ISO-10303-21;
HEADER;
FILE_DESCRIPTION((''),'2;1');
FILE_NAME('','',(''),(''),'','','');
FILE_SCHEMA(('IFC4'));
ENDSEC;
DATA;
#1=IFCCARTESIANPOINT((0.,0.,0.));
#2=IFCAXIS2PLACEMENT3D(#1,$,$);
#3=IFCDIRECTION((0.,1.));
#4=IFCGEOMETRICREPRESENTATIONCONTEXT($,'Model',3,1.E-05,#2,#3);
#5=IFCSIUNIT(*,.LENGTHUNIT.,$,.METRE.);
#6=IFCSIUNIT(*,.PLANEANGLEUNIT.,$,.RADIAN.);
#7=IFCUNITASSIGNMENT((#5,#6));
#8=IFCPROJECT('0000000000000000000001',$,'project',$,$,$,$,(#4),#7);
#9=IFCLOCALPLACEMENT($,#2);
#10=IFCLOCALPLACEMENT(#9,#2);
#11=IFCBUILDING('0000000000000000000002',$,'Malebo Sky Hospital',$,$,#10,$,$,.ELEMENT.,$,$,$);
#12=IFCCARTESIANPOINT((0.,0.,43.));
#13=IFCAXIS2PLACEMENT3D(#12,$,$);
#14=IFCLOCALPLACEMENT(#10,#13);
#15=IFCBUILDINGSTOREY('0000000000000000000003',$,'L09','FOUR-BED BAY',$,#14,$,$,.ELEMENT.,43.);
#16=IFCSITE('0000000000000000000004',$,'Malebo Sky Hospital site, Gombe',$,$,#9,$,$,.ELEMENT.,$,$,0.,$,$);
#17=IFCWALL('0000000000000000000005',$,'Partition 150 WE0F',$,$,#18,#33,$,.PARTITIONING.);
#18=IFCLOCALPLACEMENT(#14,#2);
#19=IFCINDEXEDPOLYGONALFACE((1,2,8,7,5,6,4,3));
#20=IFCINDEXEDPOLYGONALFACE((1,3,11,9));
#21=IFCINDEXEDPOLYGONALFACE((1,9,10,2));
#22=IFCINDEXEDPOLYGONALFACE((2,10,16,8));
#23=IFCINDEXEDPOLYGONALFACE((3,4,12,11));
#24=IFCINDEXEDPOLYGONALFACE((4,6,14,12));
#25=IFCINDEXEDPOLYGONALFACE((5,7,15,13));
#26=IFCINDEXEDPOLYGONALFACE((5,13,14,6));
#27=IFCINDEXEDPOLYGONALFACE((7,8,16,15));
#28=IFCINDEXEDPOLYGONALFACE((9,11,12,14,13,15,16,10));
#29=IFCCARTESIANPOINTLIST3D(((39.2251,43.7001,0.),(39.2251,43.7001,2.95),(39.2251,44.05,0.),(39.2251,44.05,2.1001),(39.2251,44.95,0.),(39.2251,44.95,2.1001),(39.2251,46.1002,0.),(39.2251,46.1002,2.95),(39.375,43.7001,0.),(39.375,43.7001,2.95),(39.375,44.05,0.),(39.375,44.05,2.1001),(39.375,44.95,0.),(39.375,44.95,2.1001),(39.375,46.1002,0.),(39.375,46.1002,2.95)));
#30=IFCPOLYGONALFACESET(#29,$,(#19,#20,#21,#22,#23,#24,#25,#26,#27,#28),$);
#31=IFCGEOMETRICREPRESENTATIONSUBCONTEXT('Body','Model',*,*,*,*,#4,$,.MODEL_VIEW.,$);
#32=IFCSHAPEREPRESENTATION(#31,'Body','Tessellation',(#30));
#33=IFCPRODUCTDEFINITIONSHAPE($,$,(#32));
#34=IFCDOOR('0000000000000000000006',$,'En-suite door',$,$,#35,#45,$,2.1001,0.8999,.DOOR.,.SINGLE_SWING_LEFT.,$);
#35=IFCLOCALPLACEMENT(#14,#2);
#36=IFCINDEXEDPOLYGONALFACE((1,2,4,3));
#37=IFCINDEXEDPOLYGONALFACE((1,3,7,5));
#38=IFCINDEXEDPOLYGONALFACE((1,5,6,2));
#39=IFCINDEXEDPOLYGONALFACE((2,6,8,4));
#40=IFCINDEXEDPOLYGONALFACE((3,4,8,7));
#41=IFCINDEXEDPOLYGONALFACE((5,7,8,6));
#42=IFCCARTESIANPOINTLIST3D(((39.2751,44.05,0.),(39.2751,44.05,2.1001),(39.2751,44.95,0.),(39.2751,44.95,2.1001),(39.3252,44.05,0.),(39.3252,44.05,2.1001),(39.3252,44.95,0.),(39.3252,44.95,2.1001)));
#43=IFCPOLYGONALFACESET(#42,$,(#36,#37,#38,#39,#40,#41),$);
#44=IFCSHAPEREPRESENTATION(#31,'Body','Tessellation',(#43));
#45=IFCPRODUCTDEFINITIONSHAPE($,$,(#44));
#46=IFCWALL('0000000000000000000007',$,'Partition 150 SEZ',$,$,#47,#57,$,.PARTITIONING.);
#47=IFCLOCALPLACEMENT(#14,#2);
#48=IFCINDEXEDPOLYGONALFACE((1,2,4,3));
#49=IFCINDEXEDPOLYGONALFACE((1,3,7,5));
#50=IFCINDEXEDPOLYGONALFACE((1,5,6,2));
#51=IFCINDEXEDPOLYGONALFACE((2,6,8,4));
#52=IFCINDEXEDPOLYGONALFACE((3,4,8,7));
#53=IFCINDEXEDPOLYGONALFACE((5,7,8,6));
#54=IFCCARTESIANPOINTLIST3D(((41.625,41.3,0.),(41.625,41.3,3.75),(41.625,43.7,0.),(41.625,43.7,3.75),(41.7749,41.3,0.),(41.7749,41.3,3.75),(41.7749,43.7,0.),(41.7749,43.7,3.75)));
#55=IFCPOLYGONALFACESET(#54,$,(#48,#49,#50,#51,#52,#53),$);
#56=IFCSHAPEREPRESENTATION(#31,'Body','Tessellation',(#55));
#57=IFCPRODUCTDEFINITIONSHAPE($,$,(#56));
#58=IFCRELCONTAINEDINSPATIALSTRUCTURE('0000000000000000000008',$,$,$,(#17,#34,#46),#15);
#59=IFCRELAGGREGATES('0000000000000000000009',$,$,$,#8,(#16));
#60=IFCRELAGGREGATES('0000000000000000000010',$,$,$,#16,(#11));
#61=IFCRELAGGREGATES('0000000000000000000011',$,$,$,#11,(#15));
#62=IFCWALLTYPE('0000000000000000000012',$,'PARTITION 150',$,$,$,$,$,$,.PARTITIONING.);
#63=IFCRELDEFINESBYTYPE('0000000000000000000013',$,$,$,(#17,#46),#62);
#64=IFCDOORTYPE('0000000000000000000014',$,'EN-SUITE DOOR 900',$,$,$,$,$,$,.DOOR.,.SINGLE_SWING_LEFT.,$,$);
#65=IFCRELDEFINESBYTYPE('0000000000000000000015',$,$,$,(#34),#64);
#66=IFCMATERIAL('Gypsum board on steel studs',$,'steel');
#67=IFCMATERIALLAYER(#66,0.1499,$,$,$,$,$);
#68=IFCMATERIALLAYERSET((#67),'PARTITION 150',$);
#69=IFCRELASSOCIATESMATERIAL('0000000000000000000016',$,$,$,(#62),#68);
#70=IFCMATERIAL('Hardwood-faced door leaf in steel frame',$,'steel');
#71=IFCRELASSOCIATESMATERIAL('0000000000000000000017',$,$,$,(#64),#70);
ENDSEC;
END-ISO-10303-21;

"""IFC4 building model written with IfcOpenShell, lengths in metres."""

from ifc_helpers import new_model, si_unit, direction, frame, frame_2d, origin, place, context, subcontext, project, spatial, rectangle, extrude, material, layer, layer_set, type_object, element, fill, save


model = new_model("IFC4")

# Units and contexts
model_context = context("Model", 3, precision=1e-05, world=origin(), true_north=direction((0.0, 1.0)))
body_context = subcontext(model_context, "Body", "Model", "MODEL_VIEW")
ifc_project = project(units=[si_unit("LENGTHUNIT", "METRE"), si_unit("PLANEANGLEUNIT", "RADIAN")], contexts=[model_context])

# Site, building, storey
site_placement = place(None, origin())
site = spatial("IfcSite", under=ifc_project, at=site_placement, Name="Malebo Sky Hospital site, Gombe", CompositionType="ELEMENT", RefElevation=0.0)
building_placement = place(site_placement, origin())
building = spatial("IfcBuilding", under=site, at=building_placement, Name="Malebo Sky Hospital", CompositionType="ELEMENT")
storey_placement = place(building_placement, frame((0.0, 0.0, 43.0)))
storey = spatial("IfcBuildingStorey", under=building, at=storey_placement, Name="L09", Description="FOUR-BED BAY", CompositionType="ELEMENT", Elevation=43.0)

# Shared definitions
ifc_material_1 = material(Name="Gypsum board on steel studs", Category="steel")
ifc_material_2 = material(Name="Hardwood-faced door leaf in steel frame", Category="steel")

# Shared definitions
ifc_layer_1 = layer(ifc_material_1, 0.1499)
ifc_layer_set_1 = layer_set([ifc_layer_1], Name="PARTITION 150")
wall_type_1 = type_object("IfcWallType", Name="PARTITION 150", PredefinedType="PARTITIONING", material=ifc_layer_set_1)

# Wall, opening, door
wall_1_placement = place(storey_placement, frame((39.3, 43.7, 0.0), z_axis=(0.0, 0.0, 1.0), x_axis=(0.0, 1.0, 0.0)))
wall_1 = element("IfcWall", 1, at=wall_1_placement, inside=storey, type_object=wall_type_1, Name="Partition 150 WE0F", PredefinedType="PARTITIONING", context=body_context, shape_type="SweptSolid", body=[
    extrude(rectangle(XDim=2.4001, YDim=0.1499, at=frame_2d((1.2002, 0.0))), origin(), (0.0, 0.0, 1.0), 2.95),
])
opening_1_placement = place(wall_1_placement, frame((0.3501, 0.0, 0.0)))
opening_1 = element("IfcOpeningElement", 2, at=opening_1_placement, cuts=wall_1, PredefinedType="OPENING", context=body_context, shape_type="SweptSolid", body=[
    extrude(rectangle(XDim=0.8999, YDim=2.1001, at=frame_2d((0.45, 1.05))), frame((0.0, 0.085, 0.0), z_axis=(0.0, -1.0, 0.0), x_axis=(1.0, 0.0, 0.0)), (0.0, 0.0, 1.0), 0.1699),
])
door_type_1 = type_object("IfcDoorType", Name="EN-SUITE DOOR 900", OperationType="SINGLE_SWING_LEFT", PredefinedType="DOOR", material=ifc_material_2)
door_1_placement = place(opening_1_placement, origin())
door_1 = element("IfcDoor", 3, at=door_1_placement, inside=storey, type_object=door_type_1, Name="En-suite door", OperationType="SINGLE_SWING_LEFT", OverallHeight=2.1001, OverallWidth=0.8999, PredefinedType="DOOR", context=body_context, shape_type="SweptSolid", body=[
    extrude(rectangle(XDim=0.8999, YDim=2.1001, at=frame_2d((0.45, 1.05))), frame((0.0, 0.0249, 0.0), z_axis=(0.0, -1.0, 0.0), x_axis=(1.0, 0.0, 0.0)), (0.0, 0.0, 1.0), 0.05),
])
fill(opening_1, door_1)

# Wall
wall_2_placement = place(storey_placement, frame((41.7, 43.7, 0.0), z_axis=(0.0, 0.0, 1.0), x_axis=(0.0, -1.0, 0.0)))
element("IfcWall", 4, at=wall_2_placement, inside=storey, type_object=wall_type_1, Name="Partition 150 SEZ", PredefinedType="PARTITIONING", context=body_context, shape_type="SweptSolid", body=[
    extrude(rectangle(XDim=2.3999, YDim=0.1499, at=frame_2d((1.2, 0.0))), origin(), (0.0, 0.0, 1.0), 3.75),
])

save(model, "model.ifc")
